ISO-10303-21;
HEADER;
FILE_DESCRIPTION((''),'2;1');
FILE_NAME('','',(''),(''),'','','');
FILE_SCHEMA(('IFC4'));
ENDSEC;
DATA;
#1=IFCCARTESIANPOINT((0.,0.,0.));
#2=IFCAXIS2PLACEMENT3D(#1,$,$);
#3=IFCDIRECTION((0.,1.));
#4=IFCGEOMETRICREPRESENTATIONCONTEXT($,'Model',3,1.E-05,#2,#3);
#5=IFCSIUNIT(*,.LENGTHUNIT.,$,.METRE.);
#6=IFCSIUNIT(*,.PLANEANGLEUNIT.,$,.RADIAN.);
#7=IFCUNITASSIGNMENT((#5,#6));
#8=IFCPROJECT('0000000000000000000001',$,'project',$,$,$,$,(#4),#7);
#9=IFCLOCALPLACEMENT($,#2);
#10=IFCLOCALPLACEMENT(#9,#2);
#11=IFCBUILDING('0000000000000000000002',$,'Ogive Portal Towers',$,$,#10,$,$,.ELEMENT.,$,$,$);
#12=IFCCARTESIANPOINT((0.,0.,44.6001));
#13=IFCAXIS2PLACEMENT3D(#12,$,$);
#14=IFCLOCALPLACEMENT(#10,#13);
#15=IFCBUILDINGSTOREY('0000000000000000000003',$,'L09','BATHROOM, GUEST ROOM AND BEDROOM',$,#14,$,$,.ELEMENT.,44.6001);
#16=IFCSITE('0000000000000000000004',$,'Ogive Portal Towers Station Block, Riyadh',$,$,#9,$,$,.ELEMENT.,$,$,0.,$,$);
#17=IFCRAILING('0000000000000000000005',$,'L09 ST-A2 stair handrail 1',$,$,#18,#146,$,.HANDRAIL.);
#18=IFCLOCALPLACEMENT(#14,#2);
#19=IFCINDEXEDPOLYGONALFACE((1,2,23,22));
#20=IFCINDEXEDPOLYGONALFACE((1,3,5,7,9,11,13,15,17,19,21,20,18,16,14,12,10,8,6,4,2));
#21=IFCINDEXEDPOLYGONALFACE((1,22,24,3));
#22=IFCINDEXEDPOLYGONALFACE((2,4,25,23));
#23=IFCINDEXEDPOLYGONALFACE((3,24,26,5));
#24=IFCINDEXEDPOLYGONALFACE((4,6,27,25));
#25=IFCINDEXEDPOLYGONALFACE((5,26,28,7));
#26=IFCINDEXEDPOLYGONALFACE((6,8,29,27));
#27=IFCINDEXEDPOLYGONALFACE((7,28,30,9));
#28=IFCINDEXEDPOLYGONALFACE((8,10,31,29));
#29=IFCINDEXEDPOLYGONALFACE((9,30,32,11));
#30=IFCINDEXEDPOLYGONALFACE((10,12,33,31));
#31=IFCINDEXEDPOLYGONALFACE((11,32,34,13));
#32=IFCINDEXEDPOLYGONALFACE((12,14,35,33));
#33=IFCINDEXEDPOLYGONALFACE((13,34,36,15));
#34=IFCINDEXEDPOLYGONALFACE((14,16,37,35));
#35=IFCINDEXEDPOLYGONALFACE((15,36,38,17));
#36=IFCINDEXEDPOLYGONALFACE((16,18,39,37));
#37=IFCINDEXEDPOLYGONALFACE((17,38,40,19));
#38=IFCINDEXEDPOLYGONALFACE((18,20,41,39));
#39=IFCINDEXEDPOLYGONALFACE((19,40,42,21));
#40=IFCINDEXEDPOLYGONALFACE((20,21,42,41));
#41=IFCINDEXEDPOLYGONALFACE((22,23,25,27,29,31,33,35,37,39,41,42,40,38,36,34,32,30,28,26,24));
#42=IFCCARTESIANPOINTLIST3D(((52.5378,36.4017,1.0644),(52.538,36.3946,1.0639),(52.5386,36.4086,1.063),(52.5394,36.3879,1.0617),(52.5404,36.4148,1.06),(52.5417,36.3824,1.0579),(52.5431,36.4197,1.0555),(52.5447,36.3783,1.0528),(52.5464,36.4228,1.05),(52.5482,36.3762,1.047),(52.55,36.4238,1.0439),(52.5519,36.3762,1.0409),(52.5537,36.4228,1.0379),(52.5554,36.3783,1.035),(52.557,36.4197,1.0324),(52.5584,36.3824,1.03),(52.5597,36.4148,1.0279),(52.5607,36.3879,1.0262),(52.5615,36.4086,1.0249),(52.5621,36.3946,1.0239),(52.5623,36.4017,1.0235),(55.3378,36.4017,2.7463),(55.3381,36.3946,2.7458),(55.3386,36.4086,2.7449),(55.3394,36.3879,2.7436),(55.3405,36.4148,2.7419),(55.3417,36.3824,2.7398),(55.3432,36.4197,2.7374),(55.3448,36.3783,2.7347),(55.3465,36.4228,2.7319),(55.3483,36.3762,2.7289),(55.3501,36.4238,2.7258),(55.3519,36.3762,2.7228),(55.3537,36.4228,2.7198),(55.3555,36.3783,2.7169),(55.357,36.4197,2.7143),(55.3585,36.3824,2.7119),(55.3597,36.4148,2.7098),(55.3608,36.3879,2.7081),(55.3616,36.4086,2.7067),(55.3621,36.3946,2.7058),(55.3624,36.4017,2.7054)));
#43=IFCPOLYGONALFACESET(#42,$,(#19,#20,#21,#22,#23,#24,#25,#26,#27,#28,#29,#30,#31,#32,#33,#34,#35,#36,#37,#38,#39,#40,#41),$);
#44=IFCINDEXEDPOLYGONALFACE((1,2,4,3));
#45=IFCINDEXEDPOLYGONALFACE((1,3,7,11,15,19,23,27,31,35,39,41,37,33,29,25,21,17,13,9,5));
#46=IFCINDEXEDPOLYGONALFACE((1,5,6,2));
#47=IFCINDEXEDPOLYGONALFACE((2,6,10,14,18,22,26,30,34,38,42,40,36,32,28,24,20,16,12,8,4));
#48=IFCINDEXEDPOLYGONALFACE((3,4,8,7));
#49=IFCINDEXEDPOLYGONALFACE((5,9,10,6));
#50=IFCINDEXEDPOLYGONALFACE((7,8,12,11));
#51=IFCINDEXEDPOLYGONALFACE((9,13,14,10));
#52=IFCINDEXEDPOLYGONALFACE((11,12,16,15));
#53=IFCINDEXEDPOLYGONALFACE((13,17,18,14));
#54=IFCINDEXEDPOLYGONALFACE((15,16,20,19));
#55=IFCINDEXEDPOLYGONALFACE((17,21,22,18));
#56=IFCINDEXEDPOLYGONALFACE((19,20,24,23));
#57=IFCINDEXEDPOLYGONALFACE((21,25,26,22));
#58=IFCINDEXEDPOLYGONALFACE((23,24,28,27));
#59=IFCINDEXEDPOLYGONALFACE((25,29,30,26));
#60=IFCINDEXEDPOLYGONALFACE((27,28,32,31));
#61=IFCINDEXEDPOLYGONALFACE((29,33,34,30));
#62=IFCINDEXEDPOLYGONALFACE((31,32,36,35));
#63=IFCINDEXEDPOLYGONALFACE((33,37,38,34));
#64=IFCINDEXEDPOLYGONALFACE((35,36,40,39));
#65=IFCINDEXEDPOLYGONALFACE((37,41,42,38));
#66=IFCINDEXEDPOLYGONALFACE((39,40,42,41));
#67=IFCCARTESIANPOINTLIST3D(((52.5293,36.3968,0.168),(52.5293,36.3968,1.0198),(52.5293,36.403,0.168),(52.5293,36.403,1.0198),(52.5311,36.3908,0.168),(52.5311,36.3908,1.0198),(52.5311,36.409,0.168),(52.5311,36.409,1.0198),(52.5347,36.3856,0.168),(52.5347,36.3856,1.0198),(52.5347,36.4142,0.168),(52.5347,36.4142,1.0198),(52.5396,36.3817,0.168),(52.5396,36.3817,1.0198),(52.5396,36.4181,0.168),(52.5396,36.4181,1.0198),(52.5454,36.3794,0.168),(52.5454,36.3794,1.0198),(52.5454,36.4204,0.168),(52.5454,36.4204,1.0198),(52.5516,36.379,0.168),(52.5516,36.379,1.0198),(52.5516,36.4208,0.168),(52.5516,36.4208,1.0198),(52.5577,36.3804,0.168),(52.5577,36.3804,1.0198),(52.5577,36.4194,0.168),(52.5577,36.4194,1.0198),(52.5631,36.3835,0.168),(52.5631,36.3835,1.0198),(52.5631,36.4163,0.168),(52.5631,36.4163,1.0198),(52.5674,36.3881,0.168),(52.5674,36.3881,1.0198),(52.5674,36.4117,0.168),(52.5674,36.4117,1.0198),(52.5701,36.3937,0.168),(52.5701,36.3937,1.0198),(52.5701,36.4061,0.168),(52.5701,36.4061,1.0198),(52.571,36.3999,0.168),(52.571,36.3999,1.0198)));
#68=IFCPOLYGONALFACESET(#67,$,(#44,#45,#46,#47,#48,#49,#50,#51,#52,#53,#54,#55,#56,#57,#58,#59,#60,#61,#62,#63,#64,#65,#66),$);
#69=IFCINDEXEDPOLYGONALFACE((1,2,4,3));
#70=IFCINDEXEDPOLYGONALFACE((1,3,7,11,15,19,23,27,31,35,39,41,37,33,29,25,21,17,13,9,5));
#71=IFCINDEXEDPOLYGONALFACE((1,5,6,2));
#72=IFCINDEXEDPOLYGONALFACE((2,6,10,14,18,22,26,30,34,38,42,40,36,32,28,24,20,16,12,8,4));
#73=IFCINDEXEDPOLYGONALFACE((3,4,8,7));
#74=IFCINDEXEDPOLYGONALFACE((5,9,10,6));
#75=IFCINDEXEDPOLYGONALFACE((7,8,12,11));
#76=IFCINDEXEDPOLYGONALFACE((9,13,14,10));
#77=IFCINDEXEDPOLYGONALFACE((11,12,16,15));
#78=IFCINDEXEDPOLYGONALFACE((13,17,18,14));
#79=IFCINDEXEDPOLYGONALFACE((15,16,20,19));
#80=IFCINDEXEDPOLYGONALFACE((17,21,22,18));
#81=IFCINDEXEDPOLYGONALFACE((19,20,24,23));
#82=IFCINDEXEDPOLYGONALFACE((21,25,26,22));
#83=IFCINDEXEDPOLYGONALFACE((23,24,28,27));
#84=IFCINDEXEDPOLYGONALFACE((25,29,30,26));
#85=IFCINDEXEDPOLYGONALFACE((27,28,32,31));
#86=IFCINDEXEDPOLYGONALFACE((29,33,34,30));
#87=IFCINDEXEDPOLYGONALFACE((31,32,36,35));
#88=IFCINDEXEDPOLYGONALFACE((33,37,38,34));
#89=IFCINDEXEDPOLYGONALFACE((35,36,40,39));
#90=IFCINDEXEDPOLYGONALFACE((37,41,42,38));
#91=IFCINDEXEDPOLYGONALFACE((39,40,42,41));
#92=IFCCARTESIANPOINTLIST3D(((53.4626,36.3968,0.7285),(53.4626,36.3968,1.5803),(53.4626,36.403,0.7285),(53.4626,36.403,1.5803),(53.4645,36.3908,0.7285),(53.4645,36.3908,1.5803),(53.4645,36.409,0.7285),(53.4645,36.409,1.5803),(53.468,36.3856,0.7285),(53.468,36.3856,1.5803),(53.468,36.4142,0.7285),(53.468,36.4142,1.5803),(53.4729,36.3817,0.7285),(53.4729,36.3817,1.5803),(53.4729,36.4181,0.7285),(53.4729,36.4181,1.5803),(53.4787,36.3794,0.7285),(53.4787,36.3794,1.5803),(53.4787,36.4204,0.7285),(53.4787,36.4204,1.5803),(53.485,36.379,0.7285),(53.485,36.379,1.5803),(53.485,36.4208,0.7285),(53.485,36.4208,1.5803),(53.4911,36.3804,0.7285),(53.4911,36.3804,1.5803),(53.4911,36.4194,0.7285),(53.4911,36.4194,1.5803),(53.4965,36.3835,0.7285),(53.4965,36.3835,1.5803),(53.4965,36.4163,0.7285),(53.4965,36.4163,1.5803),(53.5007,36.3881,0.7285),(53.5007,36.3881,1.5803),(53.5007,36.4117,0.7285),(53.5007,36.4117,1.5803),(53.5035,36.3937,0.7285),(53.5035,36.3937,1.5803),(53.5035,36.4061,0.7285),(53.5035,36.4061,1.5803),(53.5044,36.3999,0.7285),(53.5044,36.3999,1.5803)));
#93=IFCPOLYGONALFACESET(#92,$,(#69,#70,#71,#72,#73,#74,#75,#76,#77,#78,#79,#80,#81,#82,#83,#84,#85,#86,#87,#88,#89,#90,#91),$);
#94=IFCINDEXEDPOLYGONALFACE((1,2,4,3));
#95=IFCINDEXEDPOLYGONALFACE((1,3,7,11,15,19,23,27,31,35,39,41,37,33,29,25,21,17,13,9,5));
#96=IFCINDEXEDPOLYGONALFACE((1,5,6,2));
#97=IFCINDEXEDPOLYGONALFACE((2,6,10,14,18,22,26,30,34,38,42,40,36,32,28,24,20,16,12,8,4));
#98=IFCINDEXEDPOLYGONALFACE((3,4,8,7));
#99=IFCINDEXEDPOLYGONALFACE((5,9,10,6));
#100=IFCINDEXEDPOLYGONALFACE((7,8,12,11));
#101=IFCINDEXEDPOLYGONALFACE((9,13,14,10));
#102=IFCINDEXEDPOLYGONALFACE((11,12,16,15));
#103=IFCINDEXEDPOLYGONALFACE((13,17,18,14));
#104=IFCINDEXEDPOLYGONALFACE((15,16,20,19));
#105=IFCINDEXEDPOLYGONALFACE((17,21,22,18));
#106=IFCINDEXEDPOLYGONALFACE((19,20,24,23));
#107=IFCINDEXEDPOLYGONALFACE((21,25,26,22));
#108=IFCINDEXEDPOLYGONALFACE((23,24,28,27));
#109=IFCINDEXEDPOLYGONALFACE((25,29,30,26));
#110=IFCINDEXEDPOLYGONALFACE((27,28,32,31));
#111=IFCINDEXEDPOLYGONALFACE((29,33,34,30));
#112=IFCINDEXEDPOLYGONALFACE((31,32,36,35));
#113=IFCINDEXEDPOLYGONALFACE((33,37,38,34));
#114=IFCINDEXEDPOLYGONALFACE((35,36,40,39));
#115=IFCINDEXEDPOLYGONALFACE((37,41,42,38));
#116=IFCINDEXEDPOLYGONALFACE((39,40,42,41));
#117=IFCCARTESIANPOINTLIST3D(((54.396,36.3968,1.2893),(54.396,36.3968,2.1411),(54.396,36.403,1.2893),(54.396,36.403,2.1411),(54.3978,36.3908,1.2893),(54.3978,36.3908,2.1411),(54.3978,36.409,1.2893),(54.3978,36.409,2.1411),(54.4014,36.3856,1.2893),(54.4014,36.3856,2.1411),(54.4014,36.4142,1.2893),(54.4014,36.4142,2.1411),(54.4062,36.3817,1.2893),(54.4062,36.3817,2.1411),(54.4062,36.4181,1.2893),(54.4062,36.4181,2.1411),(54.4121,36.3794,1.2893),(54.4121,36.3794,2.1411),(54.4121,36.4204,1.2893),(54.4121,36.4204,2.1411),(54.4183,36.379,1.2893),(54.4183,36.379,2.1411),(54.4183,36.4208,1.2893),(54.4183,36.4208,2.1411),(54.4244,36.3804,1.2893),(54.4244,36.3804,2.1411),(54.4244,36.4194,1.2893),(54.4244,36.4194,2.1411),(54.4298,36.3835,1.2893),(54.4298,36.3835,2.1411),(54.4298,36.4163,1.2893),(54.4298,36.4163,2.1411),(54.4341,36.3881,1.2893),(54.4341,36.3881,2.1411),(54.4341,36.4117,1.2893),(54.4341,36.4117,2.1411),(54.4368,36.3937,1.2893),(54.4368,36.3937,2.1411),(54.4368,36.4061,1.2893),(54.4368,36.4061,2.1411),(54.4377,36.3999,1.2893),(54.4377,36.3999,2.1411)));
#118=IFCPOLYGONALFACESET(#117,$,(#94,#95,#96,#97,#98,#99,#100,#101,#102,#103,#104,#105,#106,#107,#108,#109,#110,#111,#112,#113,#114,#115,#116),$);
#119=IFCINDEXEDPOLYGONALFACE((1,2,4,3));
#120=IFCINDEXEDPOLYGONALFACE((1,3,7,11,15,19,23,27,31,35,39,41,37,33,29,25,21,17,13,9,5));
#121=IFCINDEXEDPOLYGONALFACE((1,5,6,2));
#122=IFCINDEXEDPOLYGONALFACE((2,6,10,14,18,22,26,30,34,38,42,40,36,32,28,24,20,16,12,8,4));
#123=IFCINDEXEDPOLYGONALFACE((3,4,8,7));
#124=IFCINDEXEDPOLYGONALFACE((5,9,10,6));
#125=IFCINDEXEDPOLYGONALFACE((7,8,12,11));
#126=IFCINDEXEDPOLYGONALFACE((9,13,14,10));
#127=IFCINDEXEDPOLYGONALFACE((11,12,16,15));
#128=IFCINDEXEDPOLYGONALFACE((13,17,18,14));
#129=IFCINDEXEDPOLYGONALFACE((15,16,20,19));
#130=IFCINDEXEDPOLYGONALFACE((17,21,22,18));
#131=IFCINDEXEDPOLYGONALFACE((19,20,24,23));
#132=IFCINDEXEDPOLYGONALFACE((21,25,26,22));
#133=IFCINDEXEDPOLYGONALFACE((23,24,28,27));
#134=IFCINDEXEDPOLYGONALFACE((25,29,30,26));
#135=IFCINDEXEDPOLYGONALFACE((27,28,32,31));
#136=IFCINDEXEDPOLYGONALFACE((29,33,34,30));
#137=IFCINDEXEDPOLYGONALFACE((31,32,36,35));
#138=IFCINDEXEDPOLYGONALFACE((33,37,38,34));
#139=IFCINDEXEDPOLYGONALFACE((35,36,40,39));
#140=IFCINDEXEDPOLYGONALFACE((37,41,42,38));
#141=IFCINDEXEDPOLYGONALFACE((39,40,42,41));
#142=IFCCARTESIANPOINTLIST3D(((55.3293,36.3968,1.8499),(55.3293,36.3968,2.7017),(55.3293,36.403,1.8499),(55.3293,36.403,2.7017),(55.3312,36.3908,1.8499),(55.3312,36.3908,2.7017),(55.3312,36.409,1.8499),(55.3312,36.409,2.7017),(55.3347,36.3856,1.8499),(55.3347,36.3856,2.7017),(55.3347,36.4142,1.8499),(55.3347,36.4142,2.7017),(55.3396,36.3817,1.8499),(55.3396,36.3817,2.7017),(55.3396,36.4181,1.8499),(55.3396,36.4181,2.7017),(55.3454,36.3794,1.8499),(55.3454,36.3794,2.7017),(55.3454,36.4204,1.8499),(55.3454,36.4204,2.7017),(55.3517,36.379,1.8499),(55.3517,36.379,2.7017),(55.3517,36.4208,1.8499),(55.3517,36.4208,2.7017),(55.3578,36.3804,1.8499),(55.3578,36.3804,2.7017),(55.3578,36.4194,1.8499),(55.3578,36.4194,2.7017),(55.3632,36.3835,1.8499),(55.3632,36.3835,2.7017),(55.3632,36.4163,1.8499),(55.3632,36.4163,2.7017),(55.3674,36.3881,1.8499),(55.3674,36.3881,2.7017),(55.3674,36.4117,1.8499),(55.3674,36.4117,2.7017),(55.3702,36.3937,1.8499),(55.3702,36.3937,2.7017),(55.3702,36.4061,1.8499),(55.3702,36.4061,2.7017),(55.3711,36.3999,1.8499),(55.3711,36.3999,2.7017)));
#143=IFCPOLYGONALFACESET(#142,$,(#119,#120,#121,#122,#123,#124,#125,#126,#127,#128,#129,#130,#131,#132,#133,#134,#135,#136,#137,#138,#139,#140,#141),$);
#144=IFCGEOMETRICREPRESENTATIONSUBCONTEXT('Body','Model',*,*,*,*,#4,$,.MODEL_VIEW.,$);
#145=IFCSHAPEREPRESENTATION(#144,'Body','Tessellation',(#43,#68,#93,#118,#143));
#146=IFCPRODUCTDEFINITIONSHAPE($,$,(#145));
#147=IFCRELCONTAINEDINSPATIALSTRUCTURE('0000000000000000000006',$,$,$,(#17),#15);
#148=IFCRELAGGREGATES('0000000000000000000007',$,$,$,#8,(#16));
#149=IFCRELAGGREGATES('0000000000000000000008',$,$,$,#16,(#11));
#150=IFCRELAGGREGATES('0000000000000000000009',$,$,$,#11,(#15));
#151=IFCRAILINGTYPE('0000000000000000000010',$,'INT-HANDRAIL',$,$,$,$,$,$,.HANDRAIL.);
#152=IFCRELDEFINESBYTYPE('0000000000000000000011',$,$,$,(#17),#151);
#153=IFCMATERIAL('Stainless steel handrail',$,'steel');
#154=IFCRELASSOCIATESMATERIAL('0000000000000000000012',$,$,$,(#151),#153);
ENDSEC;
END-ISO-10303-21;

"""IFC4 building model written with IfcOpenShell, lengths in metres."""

from ifc_helpers import new_model, si_unit, direction, frame, origin, origin_2d, place, context, subcontext, project, spatial, circle, extrude, material, type_object, element, save


model = new_model("IFC4")

# Units and contexts
model_context = context("Model", 3, precision=1e-05, world=origin(), true_north=direction((0.0, 1.0)))
body_context = subcontext(model_context, "Body", "Model", "MODEL_VIEW")
ifc_project = project(units=[si_unit("LENGTHUNIT", "METRE"), si_unit("PLANEANGLEUNIT", "RADIAN")], contexts=[model_context])

# Site, building, storey
site_placement = place(None, origin())
site = spatial("IfcSite", under=ifc_project, at=site_placement, Name="Ogive Portal Towers Station Block, Riyadh", CompositionType="ELEMENT", RefElevation=0.0)
building_placement = place(site_placement, origin())
building = spatial("IfcBuilding", under=site, at=building_placement, Name="Ogive Portal Towers", CompositionType="ELEMENT")
storey_placement = place(building_placement, frame((0.0, 0.0, 44.6001)))
storey = spatial("IfcBuildingStorey", under=building, at=storey_placement, Name="L09", Description="BATHROOM, GUEST ROOM AND BEDROOM", CompositionType="ELEMENT", Elevation=44.6001)

# Railing
ifc_material_1 = material(Name="Stainless steel handrail", Category="steel")
railing_type_1 = type_object("IfcRailingType", Name="INT-HANDRAIL", PredefinedType="HANDRAIL", material=ifc_material_1)
railing_1_placement = place(storey_placement, frame((52.55, 36.3999, 0.168)))
element("IfcRailing", 1, at=railing_1_placement, inside=storey, type_object=railing_type_1, Name="L09 ST-A2 stair handrail 1", PredefinedType="HANDRAIL", context=body_context, shape_type="SweptSolid", body=[
    extrude(circle(Radius=0.0239, at=origin_2d()), frame((0.0, 0.0, 0.876), z_axis=(0.857242, 0.0, 0.514913), x_axis=(0.0, 1.0, 0.0)), (0.0, 0.0, 1.0), 3.2664),
    extrude(circle(Radius=0.021, at=origin_2d()), origin(), (0.0, 0.0, 1.0), 0.8518),
    extrude(circle(Radius=0.021, at=origin_2d()), frame((0.9333, 0.0, 0.5605)), (0.0, 0.0, 1.0), 0.8518),
    extrude(circle(Radius=0.021, at=origin_2d()), frame((1.8667, 0.0, 1.1213)), (0.0, 0.0, 1.0), 0.8518),
    extrude(circle(Radius=0.021, at=origin_2d()), frame((2.8, 0.0, 1.6819)), (0.0, 0.0, 1.0), 0.8518),
])

save(model, "model.ifc")
